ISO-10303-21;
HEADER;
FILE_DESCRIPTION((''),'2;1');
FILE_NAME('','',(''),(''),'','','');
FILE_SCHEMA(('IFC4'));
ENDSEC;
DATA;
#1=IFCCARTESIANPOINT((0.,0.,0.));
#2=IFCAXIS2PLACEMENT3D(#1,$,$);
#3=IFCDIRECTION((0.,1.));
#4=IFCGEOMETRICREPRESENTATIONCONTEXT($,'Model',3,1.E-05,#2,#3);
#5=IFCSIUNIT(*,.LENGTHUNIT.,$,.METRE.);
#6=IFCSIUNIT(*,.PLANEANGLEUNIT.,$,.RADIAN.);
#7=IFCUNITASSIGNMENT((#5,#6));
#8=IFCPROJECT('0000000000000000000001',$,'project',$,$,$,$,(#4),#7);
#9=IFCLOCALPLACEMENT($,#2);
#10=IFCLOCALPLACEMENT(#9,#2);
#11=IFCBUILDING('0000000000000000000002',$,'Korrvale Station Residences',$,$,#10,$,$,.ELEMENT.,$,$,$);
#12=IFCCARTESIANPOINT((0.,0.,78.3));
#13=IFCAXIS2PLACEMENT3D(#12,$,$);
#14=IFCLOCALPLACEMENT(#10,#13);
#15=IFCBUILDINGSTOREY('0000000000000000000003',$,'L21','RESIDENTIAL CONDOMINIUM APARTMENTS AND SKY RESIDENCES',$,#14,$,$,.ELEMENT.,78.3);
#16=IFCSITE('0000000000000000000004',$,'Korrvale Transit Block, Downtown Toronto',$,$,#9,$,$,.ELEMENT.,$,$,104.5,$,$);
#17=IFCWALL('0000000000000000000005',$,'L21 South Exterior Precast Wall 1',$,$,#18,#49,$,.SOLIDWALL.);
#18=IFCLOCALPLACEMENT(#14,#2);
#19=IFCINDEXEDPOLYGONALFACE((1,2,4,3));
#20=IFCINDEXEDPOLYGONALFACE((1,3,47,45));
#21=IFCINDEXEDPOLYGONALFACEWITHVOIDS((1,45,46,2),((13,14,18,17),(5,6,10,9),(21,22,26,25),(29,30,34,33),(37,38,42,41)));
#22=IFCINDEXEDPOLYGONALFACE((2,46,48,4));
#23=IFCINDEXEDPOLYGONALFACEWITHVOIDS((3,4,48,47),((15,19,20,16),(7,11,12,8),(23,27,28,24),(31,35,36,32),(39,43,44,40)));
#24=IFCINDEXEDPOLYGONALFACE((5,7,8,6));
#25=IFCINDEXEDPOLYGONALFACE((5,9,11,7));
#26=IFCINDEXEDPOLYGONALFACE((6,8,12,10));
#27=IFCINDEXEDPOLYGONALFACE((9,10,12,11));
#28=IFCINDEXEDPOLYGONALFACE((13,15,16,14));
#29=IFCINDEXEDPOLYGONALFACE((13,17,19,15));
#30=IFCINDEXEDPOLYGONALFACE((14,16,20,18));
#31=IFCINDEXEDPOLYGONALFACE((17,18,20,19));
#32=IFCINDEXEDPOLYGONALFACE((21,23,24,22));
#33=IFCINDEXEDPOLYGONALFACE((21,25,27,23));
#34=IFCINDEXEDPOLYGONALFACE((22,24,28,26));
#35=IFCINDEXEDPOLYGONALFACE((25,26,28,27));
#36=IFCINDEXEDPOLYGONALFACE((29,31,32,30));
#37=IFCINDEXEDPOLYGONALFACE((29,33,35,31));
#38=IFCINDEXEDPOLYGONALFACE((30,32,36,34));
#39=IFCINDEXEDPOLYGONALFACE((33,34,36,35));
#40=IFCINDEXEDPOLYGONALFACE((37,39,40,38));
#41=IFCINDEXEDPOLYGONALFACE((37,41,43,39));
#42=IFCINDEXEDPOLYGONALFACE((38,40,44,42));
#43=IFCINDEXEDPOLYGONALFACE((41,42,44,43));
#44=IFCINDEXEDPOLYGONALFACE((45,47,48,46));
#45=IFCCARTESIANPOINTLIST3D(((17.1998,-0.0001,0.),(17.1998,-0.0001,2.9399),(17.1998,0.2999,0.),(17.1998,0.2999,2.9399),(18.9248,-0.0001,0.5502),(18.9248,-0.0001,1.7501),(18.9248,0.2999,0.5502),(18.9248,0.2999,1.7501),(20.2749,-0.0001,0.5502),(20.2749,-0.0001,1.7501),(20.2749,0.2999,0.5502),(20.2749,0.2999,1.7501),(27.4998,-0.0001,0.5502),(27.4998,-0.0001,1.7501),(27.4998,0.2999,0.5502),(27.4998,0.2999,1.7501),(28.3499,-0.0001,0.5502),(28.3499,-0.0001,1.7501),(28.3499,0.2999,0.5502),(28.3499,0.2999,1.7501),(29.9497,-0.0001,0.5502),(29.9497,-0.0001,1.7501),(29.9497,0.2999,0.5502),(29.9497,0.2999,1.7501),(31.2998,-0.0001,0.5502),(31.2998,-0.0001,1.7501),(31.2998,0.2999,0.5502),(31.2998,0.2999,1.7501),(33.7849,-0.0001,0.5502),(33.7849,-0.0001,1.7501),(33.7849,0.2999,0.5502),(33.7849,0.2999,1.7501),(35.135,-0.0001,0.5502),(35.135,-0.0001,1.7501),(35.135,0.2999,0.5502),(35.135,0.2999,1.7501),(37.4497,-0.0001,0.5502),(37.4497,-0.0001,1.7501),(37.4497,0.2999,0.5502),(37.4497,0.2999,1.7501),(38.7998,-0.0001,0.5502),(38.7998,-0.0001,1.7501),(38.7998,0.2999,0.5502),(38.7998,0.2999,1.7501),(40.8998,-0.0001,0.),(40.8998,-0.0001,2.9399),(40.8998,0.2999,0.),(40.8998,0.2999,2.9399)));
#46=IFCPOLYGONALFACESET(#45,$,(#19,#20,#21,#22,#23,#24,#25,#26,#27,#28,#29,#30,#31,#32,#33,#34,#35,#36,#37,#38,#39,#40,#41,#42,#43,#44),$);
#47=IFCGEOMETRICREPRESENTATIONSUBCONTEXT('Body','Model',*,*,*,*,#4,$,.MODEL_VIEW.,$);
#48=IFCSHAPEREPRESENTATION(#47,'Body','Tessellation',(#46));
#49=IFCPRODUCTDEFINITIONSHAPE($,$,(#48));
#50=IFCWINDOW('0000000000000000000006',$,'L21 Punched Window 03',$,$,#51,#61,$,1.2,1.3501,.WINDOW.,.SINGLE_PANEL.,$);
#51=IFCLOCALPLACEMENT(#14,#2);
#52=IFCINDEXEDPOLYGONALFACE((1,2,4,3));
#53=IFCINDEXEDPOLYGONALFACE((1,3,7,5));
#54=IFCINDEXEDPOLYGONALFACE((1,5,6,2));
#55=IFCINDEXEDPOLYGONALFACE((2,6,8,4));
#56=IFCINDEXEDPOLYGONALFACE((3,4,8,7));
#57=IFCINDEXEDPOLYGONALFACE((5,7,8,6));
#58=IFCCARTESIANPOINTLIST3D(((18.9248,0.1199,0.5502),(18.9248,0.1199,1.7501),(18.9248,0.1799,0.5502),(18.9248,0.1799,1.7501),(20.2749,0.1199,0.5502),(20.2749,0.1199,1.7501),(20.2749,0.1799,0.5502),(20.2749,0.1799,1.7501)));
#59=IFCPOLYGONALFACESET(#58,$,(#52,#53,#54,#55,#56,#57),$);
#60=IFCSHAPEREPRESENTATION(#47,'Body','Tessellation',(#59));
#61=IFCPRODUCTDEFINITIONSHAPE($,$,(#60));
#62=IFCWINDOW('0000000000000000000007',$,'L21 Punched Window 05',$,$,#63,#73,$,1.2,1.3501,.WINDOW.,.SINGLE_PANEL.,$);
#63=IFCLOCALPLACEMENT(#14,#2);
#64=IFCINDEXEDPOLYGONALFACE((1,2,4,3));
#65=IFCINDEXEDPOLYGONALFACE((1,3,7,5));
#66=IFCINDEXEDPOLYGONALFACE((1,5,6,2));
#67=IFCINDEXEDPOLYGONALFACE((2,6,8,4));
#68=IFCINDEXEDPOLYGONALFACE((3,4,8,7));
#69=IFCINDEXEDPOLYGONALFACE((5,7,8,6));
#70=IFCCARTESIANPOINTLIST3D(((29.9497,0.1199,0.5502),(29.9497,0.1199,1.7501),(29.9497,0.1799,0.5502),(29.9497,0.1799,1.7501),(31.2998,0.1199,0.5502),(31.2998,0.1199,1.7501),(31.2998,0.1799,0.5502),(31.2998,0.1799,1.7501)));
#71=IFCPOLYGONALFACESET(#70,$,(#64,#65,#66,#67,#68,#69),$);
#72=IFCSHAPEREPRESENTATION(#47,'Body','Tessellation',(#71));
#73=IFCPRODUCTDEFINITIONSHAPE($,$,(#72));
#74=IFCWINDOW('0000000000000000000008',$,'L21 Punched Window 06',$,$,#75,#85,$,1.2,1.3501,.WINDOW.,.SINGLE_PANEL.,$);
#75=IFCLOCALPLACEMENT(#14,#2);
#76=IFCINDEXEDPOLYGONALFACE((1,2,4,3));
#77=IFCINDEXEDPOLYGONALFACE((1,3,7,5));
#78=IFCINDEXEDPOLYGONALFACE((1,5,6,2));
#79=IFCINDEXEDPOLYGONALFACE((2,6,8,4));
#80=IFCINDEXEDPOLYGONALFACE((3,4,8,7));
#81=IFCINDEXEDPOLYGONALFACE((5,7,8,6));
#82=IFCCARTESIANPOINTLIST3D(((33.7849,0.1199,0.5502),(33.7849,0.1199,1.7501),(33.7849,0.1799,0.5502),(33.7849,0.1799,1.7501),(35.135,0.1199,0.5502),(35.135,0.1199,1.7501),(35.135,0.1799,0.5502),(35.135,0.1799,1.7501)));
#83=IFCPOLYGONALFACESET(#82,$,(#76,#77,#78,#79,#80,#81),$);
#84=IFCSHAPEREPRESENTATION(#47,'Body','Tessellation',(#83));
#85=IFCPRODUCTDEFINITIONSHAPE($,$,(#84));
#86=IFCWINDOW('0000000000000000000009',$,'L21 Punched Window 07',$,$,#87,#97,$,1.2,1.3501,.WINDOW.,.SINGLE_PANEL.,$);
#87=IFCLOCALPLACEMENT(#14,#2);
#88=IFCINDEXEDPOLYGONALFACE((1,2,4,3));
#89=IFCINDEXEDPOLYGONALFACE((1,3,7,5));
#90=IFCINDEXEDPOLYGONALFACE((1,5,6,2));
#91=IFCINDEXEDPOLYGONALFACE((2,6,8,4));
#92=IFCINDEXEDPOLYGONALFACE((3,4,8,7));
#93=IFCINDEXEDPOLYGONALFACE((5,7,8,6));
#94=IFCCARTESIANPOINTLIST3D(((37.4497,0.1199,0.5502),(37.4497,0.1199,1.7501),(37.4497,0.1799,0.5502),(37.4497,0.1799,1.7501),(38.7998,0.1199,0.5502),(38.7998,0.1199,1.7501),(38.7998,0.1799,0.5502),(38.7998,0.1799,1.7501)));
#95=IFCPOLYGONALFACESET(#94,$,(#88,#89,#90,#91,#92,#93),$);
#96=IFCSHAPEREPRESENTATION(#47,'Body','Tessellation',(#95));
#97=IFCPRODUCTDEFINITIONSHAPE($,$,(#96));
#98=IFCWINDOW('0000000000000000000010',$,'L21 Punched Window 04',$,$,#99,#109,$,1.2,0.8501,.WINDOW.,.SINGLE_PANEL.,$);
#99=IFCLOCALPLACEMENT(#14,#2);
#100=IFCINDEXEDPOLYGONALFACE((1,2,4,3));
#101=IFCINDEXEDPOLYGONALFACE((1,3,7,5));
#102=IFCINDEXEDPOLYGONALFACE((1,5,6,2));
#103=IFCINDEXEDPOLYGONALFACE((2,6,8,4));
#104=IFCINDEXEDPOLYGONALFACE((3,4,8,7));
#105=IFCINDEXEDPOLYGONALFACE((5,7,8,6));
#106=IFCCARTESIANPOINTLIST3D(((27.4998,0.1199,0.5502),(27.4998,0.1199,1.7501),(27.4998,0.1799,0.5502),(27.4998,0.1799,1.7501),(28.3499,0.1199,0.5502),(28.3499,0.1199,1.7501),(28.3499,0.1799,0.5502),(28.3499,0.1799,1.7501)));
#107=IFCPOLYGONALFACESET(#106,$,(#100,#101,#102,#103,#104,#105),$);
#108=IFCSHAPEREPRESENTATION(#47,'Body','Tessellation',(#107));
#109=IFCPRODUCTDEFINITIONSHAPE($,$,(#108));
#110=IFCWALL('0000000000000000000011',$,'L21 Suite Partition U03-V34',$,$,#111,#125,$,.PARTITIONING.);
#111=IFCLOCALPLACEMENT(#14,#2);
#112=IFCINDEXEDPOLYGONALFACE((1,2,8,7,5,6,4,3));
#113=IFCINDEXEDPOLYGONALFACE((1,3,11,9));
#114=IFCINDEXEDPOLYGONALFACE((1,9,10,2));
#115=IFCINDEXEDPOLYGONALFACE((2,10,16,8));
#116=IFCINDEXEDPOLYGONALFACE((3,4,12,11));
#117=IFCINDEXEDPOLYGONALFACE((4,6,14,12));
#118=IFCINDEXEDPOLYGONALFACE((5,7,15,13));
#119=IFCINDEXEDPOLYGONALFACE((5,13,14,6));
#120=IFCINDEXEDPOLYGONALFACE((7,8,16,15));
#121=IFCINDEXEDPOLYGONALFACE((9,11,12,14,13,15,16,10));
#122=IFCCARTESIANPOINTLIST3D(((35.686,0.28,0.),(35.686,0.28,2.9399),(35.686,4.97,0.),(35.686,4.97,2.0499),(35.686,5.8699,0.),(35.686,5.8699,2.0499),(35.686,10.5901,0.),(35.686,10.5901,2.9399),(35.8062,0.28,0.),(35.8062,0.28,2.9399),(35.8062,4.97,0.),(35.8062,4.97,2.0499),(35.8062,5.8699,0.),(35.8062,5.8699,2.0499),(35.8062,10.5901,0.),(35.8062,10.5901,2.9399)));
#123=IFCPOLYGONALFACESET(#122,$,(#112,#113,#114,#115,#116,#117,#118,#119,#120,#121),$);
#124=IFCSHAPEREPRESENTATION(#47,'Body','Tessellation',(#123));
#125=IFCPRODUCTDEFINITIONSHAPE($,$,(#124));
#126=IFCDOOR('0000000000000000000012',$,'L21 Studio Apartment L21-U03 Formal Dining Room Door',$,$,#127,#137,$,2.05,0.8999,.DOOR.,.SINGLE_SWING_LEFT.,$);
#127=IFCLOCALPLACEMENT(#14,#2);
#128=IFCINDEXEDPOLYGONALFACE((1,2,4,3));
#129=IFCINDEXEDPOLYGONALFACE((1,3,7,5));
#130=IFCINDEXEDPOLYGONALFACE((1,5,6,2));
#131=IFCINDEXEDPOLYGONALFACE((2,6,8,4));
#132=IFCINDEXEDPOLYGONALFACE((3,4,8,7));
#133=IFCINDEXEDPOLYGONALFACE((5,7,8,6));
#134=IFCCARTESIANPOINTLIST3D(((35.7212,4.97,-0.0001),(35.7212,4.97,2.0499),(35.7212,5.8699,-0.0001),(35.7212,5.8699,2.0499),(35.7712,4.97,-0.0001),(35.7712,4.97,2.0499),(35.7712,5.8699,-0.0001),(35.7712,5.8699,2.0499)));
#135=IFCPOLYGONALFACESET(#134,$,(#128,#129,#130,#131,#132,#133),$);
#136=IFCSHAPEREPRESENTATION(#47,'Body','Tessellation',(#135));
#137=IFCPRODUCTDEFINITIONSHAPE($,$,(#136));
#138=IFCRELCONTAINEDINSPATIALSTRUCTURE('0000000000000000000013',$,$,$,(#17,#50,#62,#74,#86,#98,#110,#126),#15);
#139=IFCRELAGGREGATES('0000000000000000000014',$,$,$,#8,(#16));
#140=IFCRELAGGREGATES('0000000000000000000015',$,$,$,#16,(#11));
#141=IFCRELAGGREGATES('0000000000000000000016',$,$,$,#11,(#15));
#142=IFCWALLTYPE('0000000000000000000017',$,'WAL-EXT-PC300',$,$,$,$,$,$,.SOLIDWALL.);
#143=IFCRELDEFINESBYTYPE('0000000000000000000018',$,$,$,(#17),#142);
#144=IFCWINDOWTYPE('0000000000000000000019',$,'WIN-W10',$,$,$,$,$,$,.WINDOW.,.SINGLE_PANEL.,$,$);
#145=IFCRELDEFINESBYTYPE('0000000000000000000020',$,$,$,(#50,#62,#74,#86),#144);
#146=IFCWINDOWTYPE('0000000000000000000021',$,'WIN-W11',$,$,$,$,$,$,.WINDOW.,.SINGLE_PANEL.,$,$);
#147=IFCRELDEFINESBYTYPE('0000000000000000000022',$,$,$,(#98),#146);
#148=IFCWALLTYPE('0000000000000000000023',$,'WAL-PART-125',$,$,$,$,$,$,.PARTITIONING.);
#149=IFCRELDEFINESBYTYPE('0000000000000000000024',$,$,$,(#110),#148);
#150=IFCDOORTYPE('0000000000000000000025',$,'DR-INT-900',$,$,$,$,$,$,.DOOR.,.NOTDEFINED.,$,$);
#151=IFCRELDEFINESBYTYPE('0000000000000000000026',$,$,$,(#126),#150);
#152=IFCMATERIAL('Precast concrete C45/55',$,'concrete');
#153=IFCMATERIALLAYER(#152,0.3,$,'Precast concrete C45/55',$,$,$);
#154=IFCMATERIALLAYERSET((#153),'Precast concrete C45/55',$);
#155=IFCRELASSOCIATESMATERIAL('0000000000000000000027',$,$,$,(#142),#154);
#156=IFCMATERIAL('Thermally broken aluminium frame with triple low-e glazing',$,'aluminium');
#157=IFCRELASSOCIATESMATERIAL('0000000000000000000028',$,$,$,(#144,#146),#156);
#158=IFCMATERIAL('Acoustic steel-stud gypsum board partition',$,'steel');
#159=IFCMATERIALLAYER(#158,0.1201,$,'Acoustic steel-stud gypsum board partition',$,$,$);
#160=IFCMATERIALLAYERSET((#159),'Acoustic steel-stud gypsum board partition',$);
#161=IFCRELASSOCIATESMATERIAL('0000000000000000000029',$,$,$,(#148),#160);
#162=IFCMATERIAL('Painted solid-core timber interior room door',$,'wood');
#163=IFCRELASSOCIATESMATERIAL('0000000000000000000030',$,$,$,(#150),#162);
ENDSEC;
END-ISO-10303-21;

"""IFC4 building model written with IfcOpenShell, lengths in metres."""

from ifc_helpers import new_model, si_unit, direction, frame, frame_2d, origin, place, context, subcontext, project, spatial, rectangle, extrude, material, layer, layer_set, type_object, element, fill, save


model = new_model("IFC4")

# Units and contexts
model_context = context("Model", 3, precision=1e-05, world=origin(), true_north=direction((0.0, 1.0)))
body_context = subcontext(model_context, "Body", "Model", "MODEL_VIEW")
ifc_project = project(units=[si_unit("LENGTHUNIT", "METRE"), si_unit("PLANEANGLEUNIT", "RADIAN")], contexts=[model_context])

# Site, building, storey
site_placement = place(None, origin())
site = spatial("IfcSite", under=ifc_project, at=site_placement, Name="Korrvale Transit Block, Downtown Toronto", CompositionType="ELEMENT", RefElevation=104.5)
building_placement = place(site_placement, origin())
building = spatial("IfcBuilding", under=site, at=building_placement, Name="Korrvale Station Residences", CompositionType="ELEMENT")
storey_placement = place(building_placement, frame((0.0, 0.0, 78.3)))
storey = spatial("IfcBuildingStorey", under=building, at=storey_placement, Name="L21", Description="RESIDENTIAL CONDOMINIUM APARTMENTS AND SKY RESIDENCES", CompositionType="ELEMENT", Elevation=78.3)

# Shared definitions
ifc_material_1 = material(Name="Precast concrete C45/55", Category="concrete")

# Wall, openings, windows
ifc_layer_1 = layer(ifc_material_1, 0.3, Name="Precast concrete C45/55")
ifc_layer_set_1 = layer_set([ifc_layer_1], Name="Precast concrete C45/55")
wall_type_1 = type_object("IfcWallType", Name="WAL-EXT-PC300", PredefinedType="SOLIDWALL", material=ifc_layer_set_1)
wall_1_placement = place(storey_placement, frame((40.8999, 0.1499, 0.0), z_axis=(0.0, 0.0, 1.0), x_axis=(-1.0, 0.0, 0.0)))
wall_1 = element("IfcWall", 1, at=wall_1_placement, inside=storey, type_object=wall_type_1, Name="L21 South Exterior Precast Wall 1", PredefinedType="SOLIDWALL", context=body_context, shape_type="SweptSolid", body=[
    extrude(rectangle(XDim=23.7, YDim=0.3, at=frame_2d((11.8501, 0.0))), origin(), (0.0, 0.0, 1.0), 2.9399),
])
opening_1_placement = place(wall_1_placement, frame((20.625, 0.0, 0.55)))
opening_1 = element("IfcOpeningElement", 2, at=opening_1_placement, cuts=wall_1, PredefinedType="OPENING", context=body_context, shape_type="SweptSolid", body=[
    extrude(rectangle(XDim=1.3501, YDim=1.2, at=frame_2d((0.675, 0.6001))), frame((0.0, 0.1602, 0.0), z_axis=(0.0, -1.0, 0.0), x_axis=(1.0, 0.0, 0.0)), (0.0, 0.0, 1.0), 0.3201),
])
opening_2_placement = place(wall_1_placement, frame((12.55, 0.0, 0.55)))
opening_2 = element("IfcOpeningElement", 3, at=opening_2_placement, cuts=wall_1, PredefinedType="OPENING", context=body_context, shape_type="SweptSolid", body=[
    extrude(rectangle(XDim=0.8501, YDim=1.2, at=frame_2d((0.425, 0.6001))), frame((0.0, 0.1602, 0.0), z_axis=(0.0, -1.0, 0.0), x_axis=(1.0, 0.0, 0.0)), (0.0, 0.0, 1.0), 0.3201),
])
opening_3_placement = place(wall_1_placement, frame((9.6001, 0.0, 0.55)))
opening_3 = element("IfcOpeningElement", 4, at=opening_3_placement, cuts=wall_1, PredefinedType="OPENING", context=body_context, shape_type="SweptSolid", body=[
    extrude(rectangle(XDim=1.3501, YDim=1.2, at=frame_2d((0.675, 0.6001))), frame((0.0, 0.1602, 0.0), z_axis=(0.0, -1.0, 0.0), x_axis=(1.0, 0.0, 0.0)), (0.0, 0.0, 1.0), 0.3201),
])
opening_4_placement = place(wall_1_placement, frame((5.7649, 0.0, 0.55)))
opening_4 = element("IfcOpeningElement", 5, at=opening_4_placement, cuts=wall_1, PredefinedType="OPENING", context=body_context, shape_type="SweptSolid", body=[
    extrude(rectangle(XDim=1.3501, YDim=1.2, at=frame_2d((0.675, 0.6001))), frame((0.0, 0.1602, 0.0), z_axis=(0.0, -1.0, 0.0), x_axis=(1.0, 0.0, 0.0)), (0.0, 0.0, 1.0), 0.3201),
])
opening_5_placement = place(wall_1_placement, frame((2.1001, 0.0, 0.55)))
opening_5 = element("IfcOpeningElement", 6, at=opening_5_placement, cuts=wall_1, PredefinedType="OPENING", context=body_context, shape_type="SweptSolid", body=[
    extrude(rectangle(XDim=1.3501, YDim=1.2, at=frame_2d((0.675, 0.6001))), frame((0.0, 0.1602, 0.0), z_axis=(0.0, -1.0, 0.0), x_axis=(1.0, 0.0, 0.0)), (0.0, 0.0, 1.0), 0.3201),
])
ifc_material_2 = material(Name="Thermally broken aluminium frame with triple low-e glazing", Category="aluminium")
window_type_1 = type_object("IfcWindowType", Name="WIN-W10", PartitioningType="SINGLE_PANEL", PredefinedType="WINDOW", material=ifc_material_2)
window_1_placement = place(opening_1_placement, origin())
window_1 = element("IfcWindow", 7, at=window_1_placement, inside=storey, type_object=window_type_1, Name="L21 Punched Window 03", OverallHeight=1.2, OverallWidth=1.3501, PartitioningType="SINGLE_PANEL", PredefinedType="WINDOW", context=body_context, shape_type="SweptSolid", body=[
    extrude(rectangle(XDim=1.3501, YDim=1.2, at=frame_2d((0.675, 0.6001))), frame((0.0, 0.03, 0.0), z_axis=(0.0, -1.0, 0.0), x_axis=(1.0, 0.0, 0.0)), (0.0, 0.0, 1.0), 0.0601),
])
fill(opening_1, window_1)
window_2_placement = place(opening_3_placement, origin())
window_2 = element("IfcWindow", 8, at=window_2_placement, inside=storey, type_object=window_type_1, Name="L21 Punched Window 05", OverallHeight=1.2, OverallWidth=1.3501, PartitioningType="SINGLE_PANEL", PredefinedType="WINDOW", context=body_context, shape_type="SweptSolid", body=[
    extrude(rectangle(XDim=1.3501, YDim=1.2, at=frame_2d((0.675, 0.6001))), frame((0.0, 0.03, 0.0), z_axis=(0.0, -1.0, 0.0), x_axis=(1.0, 0.0, 0.0)), (0.0, 0.0, 1.0), 0.0601),
])
fill(opening_3, window_2)
window_3_placement = place(opening_4_placement, origin())
window_3 = element("IfcWindow", 9, at=window_3_placement, inside=storey, type_object=window_type_1, Name="L21 Punched Window 06", OverallHeight=1.2, OverallWidth=1.3501, PartitioningType="SINGLE_PANEL", PredefinedType="WINDOW", context=body_context, shape_type="SweptSolid", body=[
    extrude(rectangle(XDim=1.3501, YDim=1.2, at=frame_2d((0.675, 0.6001))), frame((0.0, 0.03, 0.0), z_axis=(0.0, -1.0, 0.0), x_axis=(1.0, 0.0, 0.0)), (0.0, 0.0, 1.0), 0.0601),
])
fill(opening_4, window_3)
window_4_placement = place(opening_5_placement, origin())
window_4 = element("IfcWindow", 10, at=window_4_placement, inside=storey, type_object=window_type_1, Name="L21 Punched Window 07", OverallHeight=1.2, OverallWidth=1.3501, PartitioningType="SINGLE_PANEL", PredefinedType="WINDOW", context=body_context, shape_type="SweptSolid", body=[
    extrude(rectangle(XDim=1.3501, YDim=1.2, at=frame_2d((0.675, 0.6001))), frame((0.0, 0.03, 0.0), z_axis=(0.0, -1.0, 0.0), x_axis=(1.0, 0.0, 0.0)), (0.0, 0.0, 1.0), 0.0601),
])
fill(opening_5, window_4)
window_type_2 = type_object("IfcWindowType", Name="WIN-W11", PartitioningType="SINGLE_PANEL", PredefinedType="WINDOW", material=ifc_material_2)
window_5_placement = place(opening_2_placement, origin())
window_5 = element("IfcWindow", 11, at=window_5_placement, inside=storey, type_object=window_type_2, Name="L21 Punched Window 04", OverallHeight=1.2, OverallWidth=0.8501, PartitioningType="SINGLE_PANEL", PredefinedType="WINDOW", context=body_context, shape_type="SweptSolid", body=[
    extrude(rectangle(XDim=0.8501, YDim=1.2, at=frame_2d((0.425, 0.6001))), frame((0.0, 0.03, 0.0), z_axis=(0.0, -1.0, 0.0), x_axis=(1.0, 0.0, 0.0)), (0.0, 0.0, 1.0), 0.0601),
])
fill(opening_2, window_5)

# Wall, opening, door
ifc_material_3 = material(Name="Acoustic steel-stud gypsum board partition", Category="steel")
ifc_layer_2 = layer(ifc_material_3, 0.1201, Name="Acoustic steel-stud gypsum board partition")
ifc_layer_set_2 = layer_set([ifc_layer_2], Name="Acoustic steel-stud gypsum board partition")
wall_type_2 = type_object("IfcWallType", Name="WAL-PART-125", PredefinedType="PARTITIONING", material=ifc_layer_set_2)
wall_2_placement = place(storey_placement, frame((35.7461, 0.28, 0.0), z_axis=(0.0, 0.0, 1.0), x_axis=(0.0, 1.0, 0.0)))
wall_2 = element("IfcWall", 12, at=wall_2_placement, inside=storey, type_object=wall_type_2, Name="L21 Suite Partition U03-V34", PredefinedType="PARTITIONING", context=body_context, shape_type="SweptSolid", body=[
    extrude(rectangle(XDim=10.3101, YDim=0.1201, at=frame_2d((5.155, 0.0))), origin(), (0.0, 0.0, 1.0), 2.9399),
])
opening_6_placement = place(wall_2_placement, frame((4.6899, 0.0, 0.0)))
opening_6 = element("IfcOpeningElement", 13, at=opening_6_placement, cuts=wall_2, PredefinedType="OPENING", context=body_context, shape_type="SweptSolid", body=[
    extrude(rectangle(XDim=0.8999, YDim=2.05, at=frame_2d((0.45, 1.0249))), frame((0.0, 0.0701, 0.0), z_axis=(0.0, -1.0, 0.0), x_axis=(1.0, 0.0, 0.0)), (0.0, 0.0, 1.0), 0.1401),
])
ifc_material_4 = material(Name="Painted solid-core timber interior room door", Category="wood")
door_type = type_object("IfcDoorType", Name="DR-INT-900", OperationType="NOTDEFINED", PredefinedType="DOOR", material=ifc_material_4)
door_1_placement = place(opening_6_placement, origin())
door_1 = element("IfcDoor", 14, at=door_1_placement, inside=storey, type_object=door_type, Name="L21 Studio Apartment L21-U03 Formal Dining Room Door", OperationType="SINGLE_SWING_LEFT", OverallHeight=2.05, OverallWidth=0.8999, PredefinedType="DOOR", context=body_context, shape_type="SweptSolid", body=[
    extrude(rectangle(XDim=0.8999, YDim=2.05, at=frame_2d((0.45, 1.0249))), frame((0.0, 0.0249, 0.0), z_axis=(0.0, -1.0, 0.0), x_axis=(1.0, 0.0, 0.0)), (0.0, 0.0, 1.0), 0.05),
])
fill(opening_6, door_1)

save(model, "model.ifc")
